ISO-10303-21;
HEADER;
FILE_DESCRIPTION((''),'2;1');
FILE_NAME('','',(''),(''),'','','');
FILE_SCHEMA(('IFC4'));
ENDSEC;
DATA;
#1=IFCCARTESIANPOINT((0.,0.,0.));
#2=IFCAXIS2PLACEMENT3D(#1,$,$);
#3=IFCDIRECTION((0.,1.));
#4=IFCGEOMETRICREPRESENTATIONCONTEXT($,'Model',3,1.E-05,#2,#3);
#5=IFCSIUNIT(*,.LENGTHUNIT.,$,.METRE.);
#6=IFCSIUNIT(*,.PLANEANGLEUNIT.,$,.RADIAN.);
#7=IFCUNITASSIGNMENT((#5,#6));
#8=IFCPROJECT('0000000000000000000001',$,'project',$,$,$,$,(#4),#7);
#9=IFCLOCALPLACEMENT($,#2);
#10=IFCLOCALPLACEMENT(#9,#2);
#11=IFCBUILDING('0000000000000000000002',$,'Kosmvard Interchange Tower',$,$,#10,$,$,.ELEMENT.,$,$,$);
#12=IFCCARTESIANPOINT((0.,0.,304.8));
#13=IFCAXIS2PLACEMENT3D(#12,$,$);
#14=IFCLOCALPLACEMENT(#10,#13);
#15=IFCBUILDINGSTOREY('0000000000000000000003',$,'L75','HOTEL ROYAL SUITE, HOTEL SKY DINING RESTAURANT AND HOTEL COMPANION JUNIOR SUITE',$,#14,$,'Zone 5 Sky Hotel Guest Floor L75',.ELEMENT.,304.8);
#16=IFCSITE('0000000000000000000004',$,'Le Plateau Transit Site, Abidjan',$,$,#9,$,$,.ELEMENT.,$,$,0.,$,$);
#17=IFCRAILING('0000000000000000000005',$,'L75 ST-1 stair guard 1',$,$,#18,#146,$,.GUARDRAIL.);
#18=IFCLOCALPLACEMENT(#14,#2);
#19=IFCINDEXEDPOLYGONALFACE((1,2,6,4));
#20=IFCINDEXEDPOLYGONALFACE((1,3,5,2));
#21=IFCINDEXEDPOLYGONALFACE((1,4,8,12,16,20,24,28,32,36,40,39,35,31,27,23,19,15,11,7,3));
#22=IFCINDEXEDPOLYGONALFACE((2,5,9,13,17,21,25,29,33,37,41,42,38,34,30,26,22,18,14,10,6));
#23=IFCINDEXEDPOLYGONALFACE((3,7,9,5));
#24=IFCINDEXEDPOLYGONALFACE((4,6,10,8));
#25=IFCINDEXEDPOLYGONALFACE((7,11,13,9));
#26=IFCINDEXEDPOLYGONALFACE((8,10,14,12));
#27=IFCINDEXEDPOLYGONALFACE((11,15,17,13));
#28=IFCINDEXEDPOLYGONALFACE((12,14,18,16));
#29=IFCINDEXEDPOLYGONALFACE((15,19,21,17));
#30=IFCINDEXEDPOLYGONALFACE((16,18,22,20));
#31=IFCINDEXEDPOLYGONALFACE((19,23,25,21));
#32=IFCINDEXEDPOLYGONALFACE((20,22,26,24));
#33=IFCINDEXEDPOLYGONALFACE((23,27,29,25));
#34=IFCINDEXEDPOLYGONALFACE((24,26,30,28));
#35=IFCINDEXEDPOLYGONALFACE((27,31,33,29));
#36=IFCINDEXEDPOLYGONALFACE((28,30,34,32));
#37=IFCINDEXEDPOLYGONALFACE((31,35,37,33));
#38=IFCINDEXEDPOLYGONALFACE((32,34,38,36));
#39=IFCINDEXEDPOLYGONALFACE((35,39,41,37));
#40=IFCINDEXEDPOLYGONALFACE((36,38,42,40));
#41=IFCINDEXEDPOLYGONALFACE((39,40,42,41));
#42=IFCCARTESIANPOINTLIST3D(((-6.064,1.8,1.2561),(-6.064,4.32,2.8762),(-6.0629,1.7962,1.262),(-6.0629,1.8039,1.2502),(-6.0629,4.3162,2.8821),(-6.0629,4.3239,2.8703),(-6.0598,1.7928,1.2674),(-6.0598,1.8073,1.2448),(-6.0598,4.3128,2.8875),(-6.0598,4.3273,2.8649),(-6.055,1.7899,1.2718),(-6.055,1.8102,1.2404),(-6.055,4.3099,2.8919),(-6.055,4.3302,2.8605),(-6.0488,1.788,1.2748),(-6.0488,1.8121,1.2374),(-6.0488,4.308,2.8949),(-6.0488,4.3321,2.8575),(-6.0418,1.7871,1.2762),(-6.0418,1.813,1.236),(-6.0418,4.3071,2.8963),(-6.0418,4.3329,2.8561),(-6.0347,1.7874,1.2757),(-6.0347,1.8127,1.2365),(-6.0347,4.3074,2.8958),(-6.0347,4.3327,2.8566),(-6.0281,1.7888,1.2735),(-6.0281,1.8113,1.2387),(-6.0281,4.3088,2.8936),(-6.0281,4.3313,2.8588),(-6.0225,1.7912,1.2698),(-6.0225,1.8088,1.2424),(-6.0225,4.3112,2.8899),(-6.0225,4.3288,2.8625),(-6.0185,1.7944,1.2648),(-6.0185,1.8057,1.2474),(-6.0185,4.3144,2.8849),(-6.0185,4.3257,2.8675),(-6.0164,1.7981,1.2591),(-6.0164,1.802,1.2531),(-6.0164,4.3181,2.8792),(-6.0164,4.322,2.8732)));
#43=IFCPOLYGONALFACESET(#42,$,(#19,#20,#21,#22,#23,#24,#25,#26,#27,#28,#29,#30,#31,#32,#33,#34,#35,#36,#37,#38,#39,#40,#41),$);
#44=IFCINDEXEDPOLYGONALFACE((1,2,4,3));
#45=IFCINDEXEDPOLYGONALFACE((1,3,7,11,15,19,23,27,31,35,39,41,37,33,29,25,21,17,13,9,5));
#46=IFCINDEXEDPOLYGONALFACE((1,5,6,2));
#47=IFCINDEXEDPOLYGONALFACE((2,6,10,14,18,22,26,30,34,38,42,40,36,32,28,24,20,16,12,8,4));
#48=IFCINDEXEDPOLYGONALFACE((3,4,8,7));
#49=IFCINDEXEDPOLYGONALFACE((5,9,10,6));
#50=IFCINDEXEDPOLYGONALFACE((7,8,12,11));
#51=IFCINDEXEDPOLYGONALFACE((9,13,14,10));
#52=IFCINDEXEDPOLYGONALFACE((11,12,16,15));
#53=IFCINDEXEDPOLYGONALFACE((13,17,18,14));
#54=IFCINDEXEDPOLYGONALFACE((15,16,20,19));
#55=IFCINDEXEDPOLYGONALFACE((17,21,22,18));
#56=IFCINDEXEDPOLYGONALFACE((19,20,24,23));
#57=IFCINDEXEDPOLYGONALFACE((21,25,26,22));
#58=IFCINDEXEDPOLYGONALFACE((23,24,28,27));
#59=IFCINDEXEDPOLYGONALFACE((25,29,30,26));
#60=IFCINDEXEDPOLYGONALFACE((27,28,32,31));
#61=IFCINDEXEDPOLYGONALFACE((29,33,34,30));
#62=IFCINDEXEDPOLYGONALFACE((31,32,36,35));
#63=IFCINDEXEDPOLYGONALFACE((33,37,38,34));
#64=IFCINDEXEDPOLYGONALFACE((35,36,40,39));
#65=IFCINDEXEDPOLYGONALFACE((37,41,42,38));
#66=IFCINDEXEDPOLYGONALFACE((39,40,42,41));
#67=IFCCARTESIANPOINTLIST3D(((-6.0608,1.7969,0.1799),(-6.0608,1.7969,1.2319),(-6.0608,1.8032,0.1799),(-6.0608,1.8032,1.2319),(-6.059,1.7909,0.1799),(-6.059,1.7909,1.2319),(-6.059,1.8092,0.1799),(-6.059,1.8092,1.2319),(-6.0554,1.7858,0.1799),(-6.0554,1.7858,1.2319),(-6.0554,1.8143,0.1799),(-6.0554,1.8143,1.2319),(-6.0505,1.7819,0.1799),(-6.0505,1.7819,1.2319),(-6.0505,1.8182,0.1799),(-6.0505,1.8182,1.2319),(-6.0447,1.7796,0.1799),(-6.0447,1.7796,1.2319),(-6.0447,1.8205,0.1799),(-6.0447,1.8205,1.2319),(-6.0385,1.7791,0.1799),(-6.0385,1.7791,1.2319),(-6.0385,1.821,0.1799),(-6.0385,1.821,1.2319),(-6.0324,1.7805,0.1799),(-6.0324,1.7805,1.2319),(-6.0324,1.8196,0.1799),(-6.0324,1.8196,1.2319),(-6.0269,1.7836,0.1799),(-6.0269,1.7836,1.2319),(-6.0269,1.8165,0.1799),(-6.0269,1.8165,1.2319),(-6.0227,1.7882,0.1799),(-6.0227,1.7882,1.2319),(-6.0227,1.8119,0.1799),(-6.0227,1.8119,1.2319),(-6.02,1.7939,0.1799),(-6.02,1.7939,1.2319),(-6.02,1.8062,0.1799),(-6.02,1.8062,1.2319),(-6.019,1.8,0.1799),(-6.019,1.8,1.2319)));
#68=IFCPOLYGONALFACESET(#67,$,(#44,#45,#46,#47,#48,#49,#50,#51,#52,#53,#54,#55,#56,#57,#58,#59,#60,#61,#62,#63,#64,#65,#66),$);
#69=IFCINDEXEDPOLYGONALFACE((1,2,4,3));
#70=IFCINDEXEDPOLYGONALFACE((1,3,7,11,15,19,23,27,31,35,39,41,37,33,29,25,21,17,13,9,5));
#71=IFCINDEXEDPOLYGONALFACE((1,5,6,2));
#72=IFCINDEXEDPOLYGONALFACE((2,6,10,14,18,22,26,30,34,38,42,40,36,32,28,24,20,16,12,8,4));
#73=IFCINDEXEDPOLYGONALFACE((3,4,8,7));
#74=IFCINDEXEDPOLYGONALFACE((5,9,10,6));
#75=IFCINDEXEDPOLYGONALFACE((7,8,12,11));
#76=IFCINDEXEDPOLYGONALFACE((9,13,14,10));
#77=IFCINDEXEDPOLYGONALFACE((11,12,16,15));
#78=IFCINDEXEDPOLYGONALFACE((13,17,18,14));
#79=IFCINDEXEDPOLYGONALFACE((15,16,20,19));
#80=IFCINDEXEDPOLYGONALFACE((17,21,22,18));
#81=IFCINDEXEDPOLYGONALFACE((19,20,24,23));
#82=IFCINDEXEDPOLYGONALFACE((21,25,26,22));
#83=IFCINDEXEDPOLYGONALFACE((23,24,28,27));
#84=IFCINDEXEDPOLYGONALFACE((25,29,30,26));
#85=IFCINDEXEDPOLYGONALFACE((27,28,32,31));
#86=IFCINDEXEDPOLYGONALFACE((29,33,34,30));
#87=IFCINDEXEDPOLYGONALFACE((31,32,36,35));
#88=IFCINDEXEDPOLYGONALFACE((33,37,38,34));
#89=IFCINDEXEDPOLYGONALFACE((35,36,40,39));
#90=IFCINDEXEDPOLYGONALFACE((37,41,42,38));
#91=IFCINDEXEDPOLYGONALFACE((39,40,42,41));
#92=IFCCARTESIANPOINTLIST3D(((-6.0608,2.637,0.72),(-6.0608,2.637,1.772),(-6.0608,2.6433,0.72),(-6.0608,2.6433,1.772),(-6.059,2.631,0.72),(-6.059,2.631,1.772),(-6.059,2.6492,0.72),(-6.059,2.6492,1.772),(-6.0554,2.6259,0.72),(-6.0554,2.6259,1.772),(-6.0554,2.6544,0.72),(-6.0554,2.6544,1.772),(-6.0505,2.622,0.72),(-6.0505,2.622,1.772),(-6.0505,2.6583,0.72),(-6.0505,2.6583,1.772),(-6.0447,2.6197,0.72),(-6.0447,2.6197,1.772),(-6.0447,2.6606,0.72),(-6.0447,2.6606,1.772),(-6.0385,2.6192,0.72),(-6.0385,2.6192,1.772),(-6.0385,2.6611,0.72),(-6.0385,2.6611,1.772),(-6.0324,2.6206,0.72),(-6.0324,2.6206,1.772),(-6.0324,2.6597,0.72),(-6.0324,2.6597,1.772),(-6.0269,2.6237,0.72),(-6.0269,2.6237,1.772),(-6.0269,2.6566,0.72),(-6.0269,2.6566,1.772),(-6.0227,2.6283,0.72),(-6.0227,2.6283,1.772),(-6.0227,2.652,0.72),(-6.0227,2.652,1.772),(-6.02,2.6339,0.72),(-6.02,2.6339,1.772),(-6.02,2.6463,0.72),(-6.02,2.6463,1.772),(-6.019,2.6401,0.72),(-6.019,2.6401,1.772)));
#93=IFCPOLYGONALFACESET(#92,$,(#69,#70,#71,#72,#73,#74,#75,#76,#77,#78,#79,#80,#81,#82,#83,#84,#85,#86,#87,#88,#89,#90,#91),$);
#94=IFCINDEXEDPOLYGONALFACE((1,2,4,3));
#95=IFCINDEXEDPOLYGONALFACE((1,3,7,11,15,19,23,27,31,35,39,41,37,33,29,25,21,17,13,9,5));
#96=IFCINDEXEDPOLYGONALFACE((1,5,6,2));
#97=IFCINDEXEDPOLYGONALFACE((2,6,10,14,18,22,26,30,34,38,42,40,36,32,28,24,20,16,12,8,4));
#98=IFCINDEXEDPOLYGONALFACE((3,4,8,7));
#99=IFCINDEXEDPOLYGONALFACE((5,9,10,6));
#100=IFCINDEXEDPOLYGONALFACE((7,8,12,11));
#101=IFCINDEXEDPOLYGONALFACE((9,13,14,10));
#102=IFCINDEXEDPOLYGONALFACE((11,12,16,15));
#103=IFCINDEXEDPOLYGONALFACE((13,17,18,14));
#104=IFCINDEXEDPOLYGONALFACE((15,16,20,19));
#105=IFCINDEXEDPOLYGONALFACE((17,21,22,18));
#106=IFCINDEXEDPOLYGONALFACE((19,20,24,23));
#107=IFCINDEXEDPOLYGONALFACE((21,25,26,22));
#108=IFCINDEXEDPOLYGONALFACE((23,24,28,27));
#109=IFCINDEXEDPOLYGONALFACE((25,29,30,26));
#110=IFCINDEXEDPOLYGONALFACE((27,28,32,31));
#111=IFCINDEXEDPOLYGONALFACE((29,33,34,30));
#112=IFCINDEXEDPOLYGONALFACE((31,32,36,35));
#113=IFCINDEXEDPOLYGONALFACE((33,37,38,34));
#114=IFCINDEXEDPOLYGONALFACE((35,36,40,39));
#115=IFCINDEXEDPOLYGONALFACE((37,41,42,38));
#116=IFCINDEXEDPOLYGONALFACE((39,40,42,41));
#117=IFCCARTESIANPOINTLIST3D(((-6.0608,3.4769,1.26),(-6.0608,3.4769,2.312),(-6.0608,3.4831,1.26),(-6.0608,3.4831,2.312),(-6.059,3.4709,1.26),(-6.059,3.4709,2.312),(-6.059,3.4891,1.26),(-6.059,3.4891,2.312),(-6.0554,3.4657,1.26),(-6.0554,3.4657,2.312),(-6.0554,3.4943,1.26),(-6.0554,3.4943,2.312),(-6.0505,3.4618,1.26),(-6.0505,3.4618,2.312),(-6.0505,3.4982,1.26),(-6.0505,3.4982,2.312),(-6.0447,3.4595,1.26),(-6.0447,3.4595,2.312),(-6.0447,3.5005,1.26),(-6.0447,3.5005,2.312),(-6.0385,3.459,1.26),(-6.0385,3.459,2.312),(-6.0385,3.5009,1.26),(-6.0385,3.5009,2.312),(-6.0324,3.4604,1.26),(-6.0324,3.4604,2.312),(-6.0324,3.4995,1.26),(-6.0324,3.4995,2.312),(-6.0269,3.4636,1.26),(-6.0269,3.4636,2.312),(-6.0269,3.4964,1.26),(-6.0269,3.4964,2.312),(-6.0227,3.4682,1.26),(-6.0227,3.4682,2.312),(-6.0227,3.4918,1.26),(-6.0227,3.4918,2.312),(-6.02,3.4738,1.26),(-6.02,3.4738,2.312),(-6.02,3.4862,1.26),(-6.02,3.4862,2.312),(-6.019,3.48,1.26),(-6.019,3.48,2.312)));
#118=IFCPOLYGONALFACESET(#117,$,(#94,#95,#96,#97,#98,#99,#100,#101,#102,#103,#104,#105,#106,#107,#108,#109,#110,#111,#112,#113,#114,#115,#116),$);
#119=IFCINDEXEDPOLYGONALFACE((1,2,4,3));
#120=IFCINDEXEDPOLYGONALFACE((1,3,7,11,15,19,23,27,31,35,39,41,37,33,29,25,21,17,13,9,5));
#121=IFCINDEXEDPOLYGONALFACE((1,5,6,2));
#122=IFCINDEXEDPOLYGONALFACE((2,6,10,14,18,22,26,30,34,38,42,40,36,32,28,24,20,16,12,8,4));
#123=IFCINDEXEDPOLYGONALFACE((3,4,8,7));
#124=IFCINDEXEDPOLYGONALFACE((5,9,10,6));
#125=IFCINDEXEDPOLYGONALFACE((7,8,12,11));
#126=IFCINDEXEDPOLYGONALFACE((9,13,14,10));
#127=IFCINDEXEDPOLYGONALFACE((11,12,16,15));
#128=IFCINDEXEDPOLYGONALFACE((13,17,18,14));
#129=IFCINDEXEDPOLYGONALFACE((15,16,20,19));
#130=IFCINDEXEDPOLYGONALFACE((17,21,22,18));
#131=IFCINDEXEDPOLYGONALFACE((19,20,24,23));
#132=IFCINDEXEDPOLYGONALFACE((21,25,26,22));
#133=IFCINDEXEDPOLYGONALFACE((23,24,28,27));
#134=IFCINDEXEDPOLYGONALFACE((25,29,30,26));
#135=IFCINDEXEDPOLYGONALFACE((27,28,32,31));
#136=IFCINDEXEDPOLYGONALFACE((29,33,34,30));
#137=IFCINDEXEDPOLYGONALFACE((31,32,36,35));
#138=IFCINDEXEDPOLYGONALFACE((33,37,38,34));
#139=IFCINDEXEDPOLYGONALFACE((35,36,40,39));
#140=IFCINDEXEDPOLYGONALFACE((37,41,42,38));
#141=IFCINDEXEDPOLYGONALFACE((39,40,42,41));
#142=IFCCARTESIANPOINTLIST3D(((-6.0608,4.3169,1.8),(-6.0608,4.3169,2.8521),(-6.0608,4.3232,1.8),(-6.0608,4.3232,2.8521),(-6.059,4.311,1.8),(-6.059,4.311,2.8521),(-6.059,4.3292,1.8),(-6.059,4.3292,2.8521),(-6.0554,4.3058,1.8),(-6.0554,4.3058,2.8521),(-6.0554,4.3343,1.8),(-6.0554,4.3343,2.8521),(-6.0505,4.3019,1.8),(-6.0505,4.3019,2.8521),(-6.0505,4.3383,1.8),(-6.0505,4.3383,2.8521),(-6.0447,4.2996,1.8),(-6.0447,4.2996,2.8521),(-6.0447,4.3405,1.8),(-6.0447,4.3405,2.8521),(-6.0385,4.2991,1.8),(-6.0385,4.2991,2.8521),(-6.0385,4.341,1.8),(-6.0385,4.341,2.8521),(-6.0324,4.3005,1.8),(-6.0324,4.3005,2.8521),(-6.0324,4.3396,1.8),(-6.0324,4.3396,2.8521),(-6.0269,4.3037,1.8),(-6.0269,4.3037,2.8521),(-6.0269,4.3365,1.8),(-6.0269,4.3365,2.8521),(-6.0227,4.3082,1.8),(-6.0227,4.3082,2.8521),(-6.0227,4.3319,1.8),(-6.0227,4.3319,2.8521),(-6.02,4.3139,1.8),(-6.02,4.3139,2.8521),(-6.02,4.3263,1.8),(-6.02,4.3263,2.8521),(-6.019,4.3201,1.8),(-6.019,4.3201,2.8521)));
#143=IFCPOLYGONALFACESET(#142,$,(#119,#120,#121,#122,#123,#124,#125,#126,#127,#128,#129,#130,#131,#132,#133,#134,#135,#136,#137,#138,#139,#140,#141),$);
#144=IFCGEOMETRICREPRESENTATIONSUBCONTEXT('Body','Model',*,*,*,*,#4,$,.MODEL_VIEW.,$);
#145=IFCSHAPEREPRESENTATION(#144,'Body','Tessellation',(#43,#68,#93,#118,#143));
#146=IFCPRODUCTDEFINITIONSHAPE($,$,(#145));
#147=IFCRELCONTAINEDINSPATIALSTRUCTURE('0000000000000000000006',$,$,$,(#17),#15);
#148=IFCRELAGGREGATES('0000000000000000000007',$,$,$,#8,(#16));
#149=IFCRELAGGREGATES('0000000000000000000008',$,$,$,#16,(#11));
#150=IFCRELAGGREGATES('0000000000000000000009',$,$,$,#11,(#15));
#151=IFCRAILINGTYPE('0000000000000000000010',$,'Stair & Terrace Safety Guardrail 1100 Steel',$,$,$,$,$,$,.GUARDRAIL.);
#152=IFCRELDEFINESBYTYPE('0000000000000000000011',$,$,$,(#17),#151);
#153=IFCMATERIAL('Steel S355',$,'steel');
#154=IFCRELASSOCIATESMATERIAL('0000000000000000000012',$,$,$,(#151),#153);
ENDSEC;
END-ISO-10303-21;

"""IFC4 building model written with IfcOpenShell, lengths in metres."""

from ifc_helpers import new_model, si_unit, direction, frame, origin, origin_2d, place, context, subcontext, project, spatial, circle, extrude, source, transform, mapped, material, type_object, element, save


model = new_model("IFC4")

# Units and contexts
model_context = context("Model", 3, precision=1e-05, world=origin(), true_north=direction((0.0, 1.0)))
body_context = subcontext(model_context, "Body", "Model", "MODEL_VIEW")
ifc_project = project(units=[si_unit("LENGTHUNIT", "METRE"), si_unit("PLANEANGLEUNIT", "RADIAN")], contexts=[model_context])

# Site, building, storey
site_placement = place(None, origin())
site = spatial("IfcSite", under=ifc_project, at=site_placement, Name="Le Plateau Transit Site, Abidjan", CompositionType="ELEMENT", RefElevation=0.0)
building_placement = place(site_placement, origin())
building = spatial("IfcBuilding", under=site, at=building_placement, Name="Kosmvard Interchange Tower", CompositionType="ELEMENT")
storey_placement = place(building_placement, frame((0.0, 0.0, 304.8)))
storey = spatial("IfcBuildingStorey", under=building, at=storey_placement, Name="L75", Description="HOTEL ROYAL SUITE, HOTEL SKY DINING RESTAURANT AND HOTEL COMPANION JUNIOR SUITE", LongName="Zone 5 Sky Hotel Guest Floor L75", CompositionType="ELEMENT", Elevation=304.8)

# Shared definitions
ifc_material_1 = material(Name="Steel S355", Category="steel")

# Railing
railing_type_1 = type_object("IfcRailingType", Name="Stair & Terrace Safety Guardrail 1100 Steel", PredefinedType="GUARDRAIL", material=ifc_material_1)
shared_shape_1 = source(origin(), body_context, "Body", "SweptSolid", [
    extrude(circle(Radius=0.0239, at=origin_2d()), frame((0.0, 0.0, 1.0762), z_axis=(0.0, 0.841163, 0.540782), x_axis=(-1.0, 0.0, 0.0)), (0.0, 0.0, 1.0), 2.9958),
    extrude(circle(Radius=0.021, at=origin_2d()), origin(), (0.0, 0.0, 1.0), 1.052),
    extrude(circle(Radius=0.021, at=origin_2d()), frame((0.0, 0.8401, 0.54)), (0.0, 0.0, 1.0), 1.052),
    extrude(circle(Radius=0.021, at=origin_2d()), frame((0.0, 1.6799, 1.0801)), (0.0, 0.0, 1.0), 1.052),
    extrude(circle(Radius=0.021, at=origin_2d()), frame((0.0, 2.52, 1.6201)), (0.0, 0.0, 1.0), 1.052),
])
railing_1_placement = place(storey_placement, frame((-6.04, 1.8, 0.1799)))
element("IfcRailing", 1, at=railing_1_placement, inside=storey, type_object=railing_type_1, Name="L75 ST-1 stair guard 1", PredefinedType="GUARDRAIL", context=body_context, shape_type="MappedRepresentation", body=[
    mapped(shared_shape_1, transform((0.0, 0.0, 0.0), scale=1.0)),
])

save(model, "model.ifc")
